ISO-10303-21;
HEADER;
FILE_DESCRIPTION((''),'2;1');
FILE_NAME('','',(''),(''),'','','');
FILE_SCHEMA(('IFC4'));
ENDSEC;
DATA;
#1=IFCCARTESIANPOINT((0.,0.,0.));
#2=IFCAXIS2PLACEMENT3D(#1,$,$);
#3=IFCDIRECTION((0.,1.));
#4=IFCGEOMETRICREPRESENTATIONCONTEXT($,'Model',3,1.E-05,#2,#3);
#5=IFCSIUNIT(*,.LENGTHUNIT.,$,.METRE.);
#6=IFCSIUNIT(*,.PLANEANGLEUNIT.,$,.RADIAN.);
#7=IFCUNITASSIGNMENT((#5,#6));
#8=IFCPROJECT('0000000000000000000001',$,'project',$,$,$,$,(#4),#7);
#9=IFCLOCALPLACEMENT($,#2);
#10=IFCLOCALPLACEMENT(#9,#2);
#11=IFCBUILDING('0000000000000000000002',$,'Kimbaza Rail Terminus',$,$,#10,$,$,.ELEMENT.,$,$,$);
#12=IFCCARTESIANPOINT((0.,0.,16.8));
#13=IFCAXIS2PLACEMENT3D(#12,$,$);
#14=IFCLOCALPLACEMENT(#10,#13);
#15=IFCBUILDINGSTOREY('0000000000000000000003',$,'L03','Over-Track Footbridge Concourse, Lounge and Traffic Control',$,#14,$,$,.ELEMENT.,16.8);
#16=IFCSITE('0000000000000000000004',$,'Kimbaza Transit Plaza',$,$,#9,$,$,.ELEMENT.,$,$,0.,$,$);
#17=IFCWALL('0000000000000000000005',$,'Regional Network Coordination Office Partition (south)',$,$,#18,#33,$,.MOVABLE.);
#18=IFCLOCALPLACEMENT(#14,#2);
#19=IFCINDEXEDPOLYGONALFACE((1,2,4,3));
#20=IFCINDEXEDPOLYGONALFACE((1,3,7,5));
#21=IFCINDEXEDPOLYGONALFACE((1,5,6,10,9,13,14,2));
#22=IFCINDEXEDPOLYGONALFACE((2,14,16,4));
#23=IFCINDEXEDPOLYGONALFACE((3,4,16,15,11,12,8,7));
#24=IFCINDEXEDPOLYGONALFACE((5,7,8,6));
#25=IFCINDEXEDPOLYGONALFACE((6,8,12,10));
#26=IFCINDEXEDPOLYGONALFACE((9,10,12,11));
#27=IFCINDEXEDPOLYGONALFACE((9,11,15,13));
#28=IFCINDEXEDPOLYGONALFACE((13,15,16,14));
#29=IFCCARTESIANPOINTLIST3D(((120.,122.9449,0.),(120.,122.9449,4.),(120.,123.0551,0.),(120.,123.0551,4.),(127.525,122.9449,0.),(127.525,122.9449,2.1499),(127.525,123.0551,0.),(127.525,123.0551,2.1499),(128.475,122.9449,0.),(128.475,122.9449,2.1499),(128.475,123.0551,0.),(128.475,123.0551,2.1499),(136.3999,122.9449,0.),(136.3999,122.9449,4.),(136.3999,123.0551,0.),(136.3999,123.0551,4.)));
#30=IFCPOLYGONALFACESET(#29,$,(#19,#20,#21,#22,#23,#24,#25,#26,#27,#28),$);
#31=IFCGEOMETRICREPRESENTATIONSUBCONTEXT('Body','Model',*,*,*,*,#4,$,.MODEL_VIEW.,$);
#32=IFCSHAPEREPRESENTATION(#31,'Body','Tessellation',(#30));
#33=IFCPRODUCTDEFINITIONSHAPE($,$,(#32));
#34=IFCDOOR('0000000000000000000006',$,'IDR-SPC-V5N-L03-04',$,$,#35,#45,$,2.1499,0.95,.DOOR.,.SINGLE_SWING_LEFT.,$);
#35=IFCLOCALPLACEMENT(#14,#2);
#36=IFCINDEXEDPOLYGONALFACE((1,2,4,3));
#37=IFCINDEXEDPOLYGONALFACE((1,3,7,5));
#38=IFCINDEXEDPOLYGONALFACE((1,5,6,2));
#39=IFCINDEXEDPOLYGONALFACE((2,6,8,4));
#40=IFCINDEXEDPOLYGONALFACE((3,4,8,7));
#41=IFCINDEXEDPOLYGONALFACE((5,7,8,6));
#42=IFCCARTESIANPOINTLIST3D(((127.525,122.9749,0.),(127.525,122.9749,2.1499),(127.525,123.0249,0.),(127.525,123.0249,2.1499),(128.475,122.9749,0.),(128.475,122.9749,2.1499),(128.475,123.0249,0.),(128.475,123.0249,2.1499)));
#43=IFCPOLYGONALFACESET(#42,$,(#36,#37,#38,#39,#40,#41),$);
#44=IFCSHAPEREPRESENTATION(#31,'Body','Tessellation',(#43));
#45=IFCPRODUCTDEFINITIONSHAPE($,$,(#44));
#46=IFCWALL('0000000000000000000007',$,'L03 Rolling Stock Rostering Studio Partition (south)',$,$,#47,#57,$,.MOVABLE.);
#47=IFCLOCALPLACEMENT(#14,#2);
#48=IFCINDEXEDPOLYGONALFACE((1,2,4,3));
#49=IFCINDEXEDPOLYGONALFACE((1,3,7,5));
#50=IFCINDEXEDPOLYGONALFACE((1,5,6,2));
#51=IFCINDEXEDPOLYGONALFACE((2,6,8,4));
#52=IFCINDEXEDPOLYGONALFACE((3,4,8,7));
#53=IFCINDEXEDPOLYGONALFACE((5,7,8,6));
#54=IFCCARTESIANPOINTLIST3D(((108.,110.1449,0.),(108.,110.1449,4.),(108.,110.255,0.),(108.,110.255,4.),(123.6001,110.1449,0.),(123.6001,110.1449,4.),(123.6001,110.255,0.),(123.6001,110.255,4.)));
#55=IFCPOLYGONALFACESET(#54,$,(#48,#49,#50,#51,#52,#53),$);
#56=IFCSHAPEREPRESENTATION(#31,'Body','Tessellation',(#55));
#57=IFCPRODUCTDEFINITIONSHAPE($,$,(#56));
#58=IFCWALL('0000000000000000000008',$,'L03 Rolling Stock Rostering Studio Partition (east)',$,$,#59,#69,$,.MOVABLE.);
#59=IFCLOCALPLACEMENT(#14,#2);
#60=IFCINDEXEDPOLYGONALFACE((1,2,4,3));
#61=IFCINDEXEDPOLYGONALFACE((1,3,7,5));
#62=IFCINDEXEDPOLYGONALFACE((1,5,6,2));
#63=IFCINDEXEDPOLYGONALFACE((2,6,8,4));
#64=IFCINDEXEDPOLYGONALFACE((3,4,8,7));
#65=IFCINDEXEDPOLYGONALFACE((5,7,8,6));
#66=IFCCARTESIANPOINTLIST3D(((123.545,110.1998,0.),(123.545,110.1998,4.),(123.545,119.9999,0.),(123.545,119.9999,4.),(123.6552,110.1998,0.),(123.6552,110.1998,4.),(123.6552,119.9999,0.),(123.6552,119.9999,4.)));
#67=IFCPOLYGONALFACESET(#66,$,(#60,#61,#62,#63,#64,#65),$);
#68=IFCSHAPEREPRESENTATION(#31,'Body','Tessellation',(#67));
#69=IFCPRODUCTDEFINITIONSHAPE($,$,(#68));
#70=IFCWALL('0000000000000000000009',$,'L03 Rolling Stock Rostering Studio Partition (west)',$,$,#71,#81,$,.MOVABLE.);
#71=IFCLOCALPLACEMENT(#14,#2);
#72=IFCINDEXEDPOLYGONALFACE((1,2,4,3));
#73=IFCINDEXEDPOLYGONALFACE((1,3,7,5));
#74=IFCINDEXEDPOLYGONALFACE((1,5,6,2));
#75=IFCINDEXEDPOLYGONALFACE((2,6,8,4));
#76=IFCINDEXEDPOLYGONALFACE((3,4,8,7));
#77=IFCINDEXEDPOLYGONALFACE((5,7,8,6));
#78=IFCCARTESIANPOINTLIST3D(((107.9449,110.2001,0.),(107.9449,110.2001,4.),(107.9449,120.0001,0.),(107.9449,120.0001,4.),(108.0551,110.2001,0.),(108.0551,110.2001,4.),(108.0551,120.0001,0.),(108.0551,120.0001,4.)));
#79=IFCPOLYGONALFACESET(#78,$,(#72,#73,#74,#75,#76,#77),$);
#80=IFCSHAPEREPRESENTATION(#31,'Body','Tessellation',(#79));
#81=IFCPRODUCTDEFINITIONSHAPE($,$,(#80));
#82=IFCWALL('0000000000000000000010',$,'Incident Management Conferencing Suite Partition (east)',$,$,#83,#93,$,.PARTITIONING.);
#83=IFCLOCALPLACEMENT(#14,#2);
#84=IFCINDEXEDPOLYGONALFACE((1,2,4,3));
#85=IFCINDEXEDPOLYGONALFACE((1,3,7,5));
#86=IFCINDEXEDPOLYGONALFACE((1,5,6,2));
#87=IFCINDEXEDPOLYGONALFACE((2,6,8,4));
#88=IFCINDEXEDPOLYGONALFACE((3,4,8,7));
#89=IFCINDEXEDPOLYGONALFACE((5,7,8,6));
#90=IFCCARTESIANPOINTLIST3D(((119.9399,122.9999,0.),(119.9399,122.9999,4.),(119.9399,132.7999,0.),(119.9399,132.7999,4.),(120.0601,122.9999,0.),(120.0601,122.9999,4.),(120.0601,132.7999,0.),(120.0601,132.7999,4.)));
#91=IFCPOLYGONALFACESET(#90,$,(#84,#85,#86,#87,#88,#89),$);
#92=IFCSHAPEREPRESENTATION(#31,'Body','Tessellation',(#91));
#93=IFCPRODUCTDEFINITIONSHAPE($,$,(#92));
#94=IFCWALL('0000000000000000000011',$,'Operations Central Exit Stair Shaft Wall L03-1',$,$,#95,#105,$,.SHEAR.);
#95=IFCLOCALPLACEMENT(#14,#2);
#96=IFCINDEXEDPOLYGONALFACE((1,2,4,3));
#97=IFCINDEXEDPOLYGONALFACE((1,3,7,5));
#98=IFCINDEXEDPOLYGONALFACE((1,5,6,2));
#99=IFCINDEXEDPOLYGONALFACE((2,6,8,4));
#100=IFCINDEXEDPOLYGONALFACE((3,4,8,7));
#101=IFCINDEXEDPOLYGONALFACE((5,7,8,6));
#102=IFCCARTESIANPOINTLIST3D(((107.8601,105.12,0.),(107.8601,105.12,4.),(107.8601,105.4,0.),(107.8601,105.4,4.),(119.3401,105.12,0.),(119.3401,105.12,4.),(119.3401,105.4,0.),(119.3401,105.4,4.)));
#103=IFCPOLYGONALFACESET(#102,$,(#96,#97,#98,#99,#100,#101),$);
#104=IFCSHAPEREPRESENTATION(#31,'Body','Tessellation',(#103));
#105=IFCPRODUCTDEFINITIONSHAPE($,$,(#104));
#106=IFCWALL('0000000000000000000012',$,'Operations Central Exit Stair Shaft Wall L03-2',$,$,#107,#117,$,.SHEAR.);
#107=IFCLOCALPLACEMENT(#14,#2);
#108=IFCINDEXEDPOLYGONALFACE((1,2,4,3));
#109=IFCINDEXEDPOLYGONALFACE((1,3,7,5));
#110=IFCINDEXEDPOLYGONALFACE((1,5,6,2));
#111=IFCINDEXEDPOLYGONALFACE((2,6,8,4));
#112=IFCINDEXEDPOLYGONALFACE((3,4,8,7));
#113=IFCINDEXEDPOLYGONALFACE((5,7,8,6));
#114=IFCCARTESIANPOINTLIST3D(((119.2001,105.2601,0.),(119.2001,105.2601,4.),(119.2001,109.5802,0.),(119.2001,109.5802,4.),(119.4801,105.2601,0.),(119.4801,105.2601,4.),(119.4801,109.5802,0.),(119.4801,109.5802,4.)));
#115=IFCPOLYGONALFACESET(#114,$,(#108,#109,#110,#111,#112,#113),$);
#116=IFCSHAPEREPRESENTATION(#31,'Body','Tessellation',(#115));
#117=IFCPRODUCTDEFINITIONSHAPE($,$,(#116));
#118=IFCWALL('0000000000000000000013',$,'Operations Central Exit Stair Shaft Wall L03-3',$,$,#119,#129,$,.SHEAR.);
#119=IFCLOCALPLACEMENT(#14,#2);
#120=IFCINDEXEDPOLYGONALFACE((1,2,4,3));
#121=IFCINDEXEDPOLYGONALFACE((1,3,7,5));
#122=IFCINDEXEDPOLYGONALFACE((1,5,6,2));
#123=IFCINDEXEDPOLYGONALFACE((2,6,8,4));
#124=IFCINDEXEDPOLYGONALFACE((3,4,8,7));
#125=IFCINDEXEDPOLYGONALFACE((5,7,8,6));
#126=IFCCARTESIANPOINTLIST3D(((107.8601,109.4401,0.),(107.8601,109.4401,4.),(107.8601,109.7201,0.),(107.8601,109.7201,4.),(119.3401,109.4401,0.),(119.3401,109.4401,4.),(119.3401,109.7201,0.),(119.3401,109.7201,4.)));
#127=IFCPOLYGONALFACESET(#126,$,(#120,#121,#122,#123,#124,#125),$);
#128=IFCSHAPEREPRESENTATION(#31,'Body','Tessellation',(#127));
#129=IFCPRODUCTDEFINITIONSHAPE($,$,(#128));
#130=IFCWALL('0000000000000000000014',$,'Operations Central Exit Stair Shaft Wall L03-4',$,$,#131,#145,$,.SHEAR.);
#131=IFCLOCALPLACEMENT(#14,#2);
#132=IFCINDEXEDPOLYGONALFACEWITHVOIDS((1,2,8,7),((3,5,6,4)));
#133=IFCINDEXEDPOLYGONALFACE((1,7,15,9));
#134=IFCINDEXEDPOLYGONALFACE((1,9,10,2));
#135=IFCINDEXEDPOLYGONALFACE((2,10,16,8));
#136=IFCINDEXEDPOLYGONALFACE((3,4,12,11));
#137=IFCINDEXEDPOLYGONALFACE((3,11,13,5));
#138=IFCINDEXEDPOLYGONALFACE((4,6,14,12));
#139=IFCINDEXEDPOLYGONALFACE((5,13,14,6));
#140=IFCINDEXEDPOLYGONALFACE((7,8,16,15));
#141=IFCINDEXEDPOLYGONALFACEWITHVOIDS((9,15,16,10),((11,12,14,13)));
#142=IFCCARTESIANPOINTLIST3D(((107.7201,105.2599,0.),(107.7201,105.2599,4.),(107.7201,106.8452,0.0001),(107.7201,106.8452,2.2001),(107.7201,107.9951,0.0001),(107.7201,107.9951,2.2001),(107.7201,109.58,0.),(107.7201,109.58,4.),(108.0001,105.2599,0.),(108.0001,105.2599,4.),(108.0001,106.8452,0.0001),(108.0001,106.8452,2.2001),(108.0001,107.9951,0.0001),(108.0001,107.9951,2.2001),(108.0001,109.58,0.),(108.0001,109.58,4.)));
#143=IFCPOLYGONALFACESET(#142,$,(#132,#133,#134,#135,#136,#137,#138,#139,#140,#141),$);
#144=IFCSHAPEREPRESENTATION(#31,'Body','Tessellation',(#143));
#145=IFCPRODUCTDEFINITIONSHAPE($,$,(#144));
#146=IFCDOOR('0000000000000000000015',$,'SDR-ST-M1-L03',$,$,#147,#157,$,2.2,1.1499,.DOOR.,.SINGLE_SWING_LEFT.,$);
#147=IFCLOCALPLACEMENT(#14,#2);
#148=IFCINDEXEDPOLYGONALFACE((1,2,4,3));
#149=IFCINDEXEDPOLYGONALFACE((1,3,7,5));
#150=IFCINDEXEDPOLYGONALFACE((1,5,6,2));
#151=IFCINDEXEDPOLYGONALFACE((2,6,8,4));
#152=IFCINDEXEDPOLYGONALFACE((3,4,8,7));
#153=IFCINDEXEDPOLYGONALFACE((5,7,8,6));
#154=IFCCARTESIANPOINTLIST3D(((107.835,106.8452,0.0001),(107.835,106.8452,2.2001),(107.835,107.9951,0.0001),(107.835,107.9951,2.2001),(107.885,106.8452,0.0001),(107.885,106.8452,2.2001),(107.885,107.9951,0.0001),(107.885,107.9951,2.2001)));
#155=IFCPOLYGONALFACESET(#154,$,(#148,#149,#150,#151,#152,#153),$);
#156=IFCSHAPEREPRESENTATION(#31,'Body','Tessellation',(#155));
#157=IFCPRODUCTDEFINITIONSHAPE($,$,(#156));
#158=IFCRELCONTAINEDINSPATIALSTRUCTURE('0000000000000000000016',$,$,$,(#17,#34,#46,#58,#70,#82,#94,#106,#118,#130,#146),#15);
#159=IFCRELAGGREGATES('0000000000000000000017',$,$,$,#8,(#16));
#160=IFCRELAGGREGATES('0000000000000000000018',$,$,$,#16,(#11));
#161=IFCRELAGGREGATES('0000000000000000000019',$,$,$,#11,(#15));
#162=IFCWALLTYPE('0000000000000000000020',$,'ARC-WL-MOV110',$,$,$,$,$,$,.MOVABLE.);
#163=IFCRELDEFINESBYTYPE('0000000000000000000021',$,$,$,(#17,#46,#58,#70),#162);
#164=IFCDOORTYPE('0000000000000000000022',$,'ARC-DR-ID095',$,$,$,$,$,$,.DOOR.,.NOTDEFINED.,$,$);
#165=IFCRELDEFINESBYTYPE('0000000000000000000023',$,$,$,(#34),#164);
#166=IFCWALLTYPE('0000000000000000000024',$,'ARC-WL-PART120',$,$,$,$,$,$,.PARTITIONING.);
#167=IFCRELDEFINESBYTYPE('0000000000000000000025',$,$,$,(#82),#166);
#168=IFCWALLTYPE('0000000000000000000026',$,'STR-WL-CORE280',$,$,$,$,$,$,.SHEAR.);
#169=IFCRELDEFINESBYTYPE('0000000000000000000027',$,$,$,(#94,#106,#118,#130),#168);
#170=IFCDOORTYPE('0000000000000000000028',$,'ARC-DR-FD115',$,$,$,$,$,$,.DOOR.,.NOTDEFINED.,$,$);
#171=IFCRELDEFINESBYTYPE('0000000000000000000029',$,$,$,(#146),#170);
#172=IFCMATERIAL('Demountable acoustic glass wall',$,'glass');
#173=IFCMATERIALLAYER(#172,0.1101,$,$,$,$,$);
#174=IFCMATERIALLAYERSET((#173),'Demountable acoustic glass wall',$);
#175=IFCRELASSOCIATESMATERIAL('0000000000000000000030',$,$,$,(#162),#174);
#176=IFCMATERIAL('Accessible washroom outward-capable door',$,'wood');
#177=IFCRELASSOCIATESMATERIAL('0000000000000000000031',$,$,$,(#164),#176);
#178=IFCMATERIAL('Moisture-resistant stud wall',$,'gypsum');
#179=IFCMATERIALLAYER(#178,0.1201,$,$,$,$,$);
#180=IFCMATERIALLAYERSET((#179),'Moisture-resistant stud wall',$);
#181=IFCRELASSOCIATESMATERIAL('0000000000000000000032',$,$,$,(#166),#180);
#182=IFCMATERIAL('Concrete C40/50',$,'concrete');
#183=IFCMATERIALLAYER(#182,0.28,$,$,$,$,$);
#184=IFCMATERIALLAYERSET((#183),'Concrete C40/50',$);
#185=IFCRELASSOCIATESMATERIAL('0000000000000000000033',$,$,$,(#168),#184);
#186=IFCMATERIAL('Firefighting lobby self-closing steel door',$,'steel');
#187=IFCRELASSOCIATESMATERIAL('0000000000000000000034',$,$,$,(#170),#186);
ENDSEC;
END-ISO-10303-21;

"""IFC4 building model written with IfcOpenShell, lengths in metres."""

from ifc_helpers import new_model, si_unit, direction, frame, frame_2d, origin, place, context, subcontext, project, spatial, rectangle, extrude, material, layer, layer_set, type_object, element, fill, save


model = new_model("IFC4")

# Units and contexts
model_context = context("Model", 3, precision=1e-05, world=origin(), true_north=direction((0.0, 1.0)))
body_context = subcontext(model_context, "Body", "Model", "MODEL_VIEW")
ifc_project = project(units=[si_unit("LENGTHUNIT", "METRE"), si_unit("PLANEANGLEUNIT", "RADIAN")], contexts=[model_context])

# Site, building, storey
site_placement = place(None, origin())
site = spatial("IfcSite", under=ifc_project, at=site_placement, Name="Kimbaza Transit Plaza", CompositionType="ELEMENT", RefElevation=0.0)
building_placement = place(site_placement, origin())
building = spatial("IfcBuilding", under=site, at=building_placement, Name="Kimbaza Rail Terminus", CompositionType="ELEMENT")
storey_placement = place(building_placement, frame((0.0, 0.0, 16.8)))
storey = spatial("IfcBuildingStorey", under=building, at=storey_placement, Name="L03", Description="Over-Track Footbridge Concourse, Lounge and Traffic Control", CompositionType="ELEMENT", Elevation=16.8)

# Wall, opening, door
ifc_material_1 = material(Name="Demountable acoustic glass wall", Category="glass")
ifc_layer_1 = layer(ifc_material_1, 0.1101)
ifc_layer_set_1 = layer_set([ifc_layer_1], Name="Demountable acoustic glass wall")
wall_type_1 = type_object("IfcWallType", Name="ARC-WL-MOV110", PredefinedType="MOVABLE", material=ifc_layer_set_1)
wall_1_placement = place(storey_placement, frame((120.0, 123.0, 0.0), z_axis=(0.0, 0.0, 1.0), x_axis=(1.0, 0.0, 0.0)))
wall_1 = element("IfcWall", 1, at=wall_1_placement, inside=storey, type_object=wall_type_1, Name="Regional Network Coordination Office Partition (south)", PredefinedType="MOVABLE", context=body_context, shape_type="SweptSolid", body=[
    extrude(rectangle(XDim=16.3999, YDim=0.1101, at=frame_2d((8.2, 0.0))), origin(), (0.0, 0.0, 1.0), 4.0),
])
opening_1_placement = place(wall_1_placement, frame((7.5249, 0.0, 0.0)))
opening_1 = element("IfcOpeningElement", 2, at=opening_1_placement, cuts=wall_1, PredefinedType="OPENING", context=body_context, shape_type="SweptSolid", body=[
    extrude(rectangle(XDim=0.95, YDim=2.1499, at=frame_2d((0.4751, 1.075))), frame((0.0, 0.0649, 0.0), z_axis=(0.0, -1.0, 0.0), x_axis=(1.0, 0.0, 0.0)), (0.0, 0.0, 1.0), 0.1301),
])
ifc_material_2 = material(Name="Accessible washroom outward-capable door", Category="wood")
door_type_1 = type_object("IfcDoorType", Name="ARC-DR-ID095", OperationType="NOTDEFINED", PredefinedType="DOOR", material=ifc_material_2)
door_1_placement = place(opening_1_placement, origin())
door_1 = element("IfcDoor", 3, at=door_1_placement, inside=storey, type_object=door_type_1, Name="IDR-SPC-V5N-L03-04", OperationType="SINGLE_SWING_LEFT", OverallHeight=2.1499, OverallWidth=0.95, PredefinedType="DOOR", context=body_context, shape_type="SweptSolid", body=[
    extrude(rectangle(XDim=0.95, YDim=2.1499, at=frame_2d((0.4751, 1.075))), frame((0.0, 0.0249, 0.0), z_axis=(0.0, -1.0, 0.0), x_axis=(1.0, 0.0, 0.0)), (0.0, 0.0, 1.0), 0.05),
])
fill(opening_1, door_1)

# Walls
wall_2_placement = place(storey_placement, frame((108.0, 110.2, 0.0), z_axis=(0.0, 0.0, 1.0), x_axis=(1.0, 0.0, 0.0)))
element("IfcWall", 4, at=wall_2_placement, inside=storey, type_object=wall_type_1, Name="L03 Rolling Stock Rostering Studio Partition (south)", PredefinedType="MOVABLE", context=body_context, shape_type="SweptSolid", body=[
    extrude(rectangle(XDim=15.6001, YDim=0.1101, at=frame_2d((7.8, 0.0))), origin(), (0.0, 0.0, 1.0), 4.0),
])
for number, where, z_axis, x_axis, name in (
    (5, (123.6001, 110.2, 0.0), (0.0, 0.0, 1.0), (0.0, 1.0, 0.0), "L03 Rolling Stock Rostering Studio Partition (east)"),
    (6, (108.0, 120.0, 0.0), (0.0, 0.0, 1.0), (0.0, -1.0, 0.0), "L03 Rolling Stock Rostering Studio Partition (west)"),
):
    element("IfcWall", number, at=place(storey_placement, frame(where, z_axis=z_axis, x_axis=x_axis)), inside=storey, type_object=wall_type_1, Name=name, PredefinedType="MOVABLE", context=body_context, shape_type="SweptSolid", body=[
        extrude(rectangle(XDim=9.8, YDim=0.1101, at=frame_2d((4.8999, 0.0))), origin(), (0.0, 0.0, 1.0), 4.0),
    ])
ifc_material_3 = material(Name="Moisture-resistant stud wall", Category="gypsum")
ifc_layer_2 = layer(ifc_material_3, 0.1201)
ifc_layer_set_2 = layer_set([ifc_layer_2], Name="Moisture-resistant stud wall")
wall_type_2 = type_object("IfcWallType", Name="ARC-WL-PART120", PredefinedType="PARTITIONING", material=ifc_layer_set_2)
wall_3_placement = place(storey_placement, frame((120.0, 123.0, 0.0), z_axis=(0.0, 0.0, 1.0), x_axis=(0.0, 1.0, 0.0)))
element("IfcWall", 7, at=wall_3_placement, inside=storey, type_object=wall_type_2, Name="Incident Management Conferencing Suite Partition (east)", PredefinedType="PARTITIONING", context=body_context, shape_type="SweptSolid", body=[
    extrude(rectangle(XDim=9.8, YDim=0.1201, at=frame_2d((4.8999, 0.0))), origin(), (0.0, 0.0, 1.0), 4.0),
])
ifc_material_4 = material(Name="Concrete C40/50", Category="concrete")
ifc_layer_3 = layer(ifc_material_4, 0.28)
ifc_layer_set_3 = layer_set([ifc_layer_3], Name="Concrete C40/50")
wall_type_3 = type_object("IfcWallType", Name="STR-WL-CORE280", PredefinedType="SHEAR", material=ifc_layer_set_3)
wall_4_placement = place(storey_placement, frame((107.8601, 105.26, 0.0), z_axis=(0.0, 0.0, 1.0), x_axis=(1.0, 0.0, 0.0)))
element("IfcWall", 8, at=wall_4_placement, inside=storey, type_object=wall_type_3, Name="Operations Central Exit Stair Shaft Wall L03-1", PredefinedType="SHEAR", context=body_context, shape_type="SweptSolid", body=[
    extrude(rectangle(XDim=11.48, YDim=0.28, at=frame_2d((5.74, 0.0))), origin(), (0.0, 0.0, 1.0), 4.0),
])
wall_5_placement = place(storey_placement, frame((119.3401, 105.26, 0.0), z_axis=(0.0, 0.0, 1.0), x_axis=(0.0, 1.0, 0.0)))
element("IfcWall", 9, at=wall_5_placement, inside=storey, type_object=wall_type_3, Name="Operations Central Exit Stair Shaft Wall L03-2", PredefinedType="SHEAR", context=body_context, shape_type="SweptSolid", body=[
    extrude(rectangle(XDim=4.3201, YDim=0.28, at=frame_2d((2.1602, 0.0))), origin(), (0.0, 0.0, 1.0), 4.0),
])
wall_6_placement = place(storey_placement, frame((119.3401, 109.5801, 0.0), z_axis=(0.0, 0.0, 1.0), x_axis=(-1.0, 0.0, 0.0)))
element("IfcWall", 10, at=wall_6_placement, inside=storey, type_object=wall_type_3, Name="Operations Central Exit Stair Shaft Wall L03-3", PredefinedType="SHEAR", context=body_context, shape_type="SweptSolid", body=[
    extrude(rectangle(XDim=11.48, YDim=0.28, at=frame_2d((5.74, 0.0))), origin(), (0.0, 0.0, 1.0), 4.0),
])

# Wall, opening, door
wall_7_placement = place(storey_placement, frame((107.8601, 109.5801, 0.0), z_axis=(0.0, 0.0, 1.0), x_axis=(0.0, -1.0, 0.0)))
wall_7 = element("IfcWall", 11, at=wall_7_placement, inside=storey, type_object=wall_type_3, Name="Operations Central Exit Stair Shaft Wall L03-4", PredefinedType="SHEAR", context=body_context, shape_type="SweptSolid", body=[
    extrude(rectangle(XDim=4.3201, YDim=0.28, at=frame_2d((2.1602, 0.0))), origin(), (0.0, 0.0, 1.0), 4.0),
])
opening_2_placement = place(wall_7_placement, frame((1.585, 0.0, 0.0)))
opening_2 = element("IfcOpeningElement", 12, at=opening_2_placement, cuts=wall_7, PredefinedType="OPENING", context=body_context, shape_type="SweptSolid", body=[
    extrude(rectangle(XDim=1.1499, YDim=2.2, at=frame_2d((0.575, 1.1001))), frame((0.0, 0.1499, 0.0), z_axis=(0.0, -1.0, 0.0), x_axis=(1.0, 0.0, 0.0)), (0.0, 0.0, 1.0), 0.3),
])
ifc_material_5 = material(Name="Firefighting lobby self-closing steel door", Category="steel")
door_type_2 = type_object("IfcDoorType", Name="ARC-DR-FD115", OperationType="NOTDEFINED", PredefinedType="DOOR", material=ifc_material_5)
door_2_placement = place(opening_2_placement, origin())
door_2 = element("IfcDoor", 13, at=door_2_placement, inside=storey, type_object=door_type_2, Name="SDR-ST-M1-L03", OperationType="SINGLE_SWING_LEFT", OverallHeight=2.2, OverallWidth=1.1499, PredefinedType="DOOR", context=body_context, shape_type="SweptSolid", body=[
    extrude(rectangle(XDim=1.1499, YDim=2.2, at=frame_2d((0.575, 1.1001))), frame((0.0, 0.0249, 0.0), z_axis=(0.0, -1.0, 0.0), x_axis=(1.0, 0.0, 0.0)), (0.0, 0.0, 1.0), 0.05),
])
fill(opening_2, door_2)

save(model, "model.ifc")
